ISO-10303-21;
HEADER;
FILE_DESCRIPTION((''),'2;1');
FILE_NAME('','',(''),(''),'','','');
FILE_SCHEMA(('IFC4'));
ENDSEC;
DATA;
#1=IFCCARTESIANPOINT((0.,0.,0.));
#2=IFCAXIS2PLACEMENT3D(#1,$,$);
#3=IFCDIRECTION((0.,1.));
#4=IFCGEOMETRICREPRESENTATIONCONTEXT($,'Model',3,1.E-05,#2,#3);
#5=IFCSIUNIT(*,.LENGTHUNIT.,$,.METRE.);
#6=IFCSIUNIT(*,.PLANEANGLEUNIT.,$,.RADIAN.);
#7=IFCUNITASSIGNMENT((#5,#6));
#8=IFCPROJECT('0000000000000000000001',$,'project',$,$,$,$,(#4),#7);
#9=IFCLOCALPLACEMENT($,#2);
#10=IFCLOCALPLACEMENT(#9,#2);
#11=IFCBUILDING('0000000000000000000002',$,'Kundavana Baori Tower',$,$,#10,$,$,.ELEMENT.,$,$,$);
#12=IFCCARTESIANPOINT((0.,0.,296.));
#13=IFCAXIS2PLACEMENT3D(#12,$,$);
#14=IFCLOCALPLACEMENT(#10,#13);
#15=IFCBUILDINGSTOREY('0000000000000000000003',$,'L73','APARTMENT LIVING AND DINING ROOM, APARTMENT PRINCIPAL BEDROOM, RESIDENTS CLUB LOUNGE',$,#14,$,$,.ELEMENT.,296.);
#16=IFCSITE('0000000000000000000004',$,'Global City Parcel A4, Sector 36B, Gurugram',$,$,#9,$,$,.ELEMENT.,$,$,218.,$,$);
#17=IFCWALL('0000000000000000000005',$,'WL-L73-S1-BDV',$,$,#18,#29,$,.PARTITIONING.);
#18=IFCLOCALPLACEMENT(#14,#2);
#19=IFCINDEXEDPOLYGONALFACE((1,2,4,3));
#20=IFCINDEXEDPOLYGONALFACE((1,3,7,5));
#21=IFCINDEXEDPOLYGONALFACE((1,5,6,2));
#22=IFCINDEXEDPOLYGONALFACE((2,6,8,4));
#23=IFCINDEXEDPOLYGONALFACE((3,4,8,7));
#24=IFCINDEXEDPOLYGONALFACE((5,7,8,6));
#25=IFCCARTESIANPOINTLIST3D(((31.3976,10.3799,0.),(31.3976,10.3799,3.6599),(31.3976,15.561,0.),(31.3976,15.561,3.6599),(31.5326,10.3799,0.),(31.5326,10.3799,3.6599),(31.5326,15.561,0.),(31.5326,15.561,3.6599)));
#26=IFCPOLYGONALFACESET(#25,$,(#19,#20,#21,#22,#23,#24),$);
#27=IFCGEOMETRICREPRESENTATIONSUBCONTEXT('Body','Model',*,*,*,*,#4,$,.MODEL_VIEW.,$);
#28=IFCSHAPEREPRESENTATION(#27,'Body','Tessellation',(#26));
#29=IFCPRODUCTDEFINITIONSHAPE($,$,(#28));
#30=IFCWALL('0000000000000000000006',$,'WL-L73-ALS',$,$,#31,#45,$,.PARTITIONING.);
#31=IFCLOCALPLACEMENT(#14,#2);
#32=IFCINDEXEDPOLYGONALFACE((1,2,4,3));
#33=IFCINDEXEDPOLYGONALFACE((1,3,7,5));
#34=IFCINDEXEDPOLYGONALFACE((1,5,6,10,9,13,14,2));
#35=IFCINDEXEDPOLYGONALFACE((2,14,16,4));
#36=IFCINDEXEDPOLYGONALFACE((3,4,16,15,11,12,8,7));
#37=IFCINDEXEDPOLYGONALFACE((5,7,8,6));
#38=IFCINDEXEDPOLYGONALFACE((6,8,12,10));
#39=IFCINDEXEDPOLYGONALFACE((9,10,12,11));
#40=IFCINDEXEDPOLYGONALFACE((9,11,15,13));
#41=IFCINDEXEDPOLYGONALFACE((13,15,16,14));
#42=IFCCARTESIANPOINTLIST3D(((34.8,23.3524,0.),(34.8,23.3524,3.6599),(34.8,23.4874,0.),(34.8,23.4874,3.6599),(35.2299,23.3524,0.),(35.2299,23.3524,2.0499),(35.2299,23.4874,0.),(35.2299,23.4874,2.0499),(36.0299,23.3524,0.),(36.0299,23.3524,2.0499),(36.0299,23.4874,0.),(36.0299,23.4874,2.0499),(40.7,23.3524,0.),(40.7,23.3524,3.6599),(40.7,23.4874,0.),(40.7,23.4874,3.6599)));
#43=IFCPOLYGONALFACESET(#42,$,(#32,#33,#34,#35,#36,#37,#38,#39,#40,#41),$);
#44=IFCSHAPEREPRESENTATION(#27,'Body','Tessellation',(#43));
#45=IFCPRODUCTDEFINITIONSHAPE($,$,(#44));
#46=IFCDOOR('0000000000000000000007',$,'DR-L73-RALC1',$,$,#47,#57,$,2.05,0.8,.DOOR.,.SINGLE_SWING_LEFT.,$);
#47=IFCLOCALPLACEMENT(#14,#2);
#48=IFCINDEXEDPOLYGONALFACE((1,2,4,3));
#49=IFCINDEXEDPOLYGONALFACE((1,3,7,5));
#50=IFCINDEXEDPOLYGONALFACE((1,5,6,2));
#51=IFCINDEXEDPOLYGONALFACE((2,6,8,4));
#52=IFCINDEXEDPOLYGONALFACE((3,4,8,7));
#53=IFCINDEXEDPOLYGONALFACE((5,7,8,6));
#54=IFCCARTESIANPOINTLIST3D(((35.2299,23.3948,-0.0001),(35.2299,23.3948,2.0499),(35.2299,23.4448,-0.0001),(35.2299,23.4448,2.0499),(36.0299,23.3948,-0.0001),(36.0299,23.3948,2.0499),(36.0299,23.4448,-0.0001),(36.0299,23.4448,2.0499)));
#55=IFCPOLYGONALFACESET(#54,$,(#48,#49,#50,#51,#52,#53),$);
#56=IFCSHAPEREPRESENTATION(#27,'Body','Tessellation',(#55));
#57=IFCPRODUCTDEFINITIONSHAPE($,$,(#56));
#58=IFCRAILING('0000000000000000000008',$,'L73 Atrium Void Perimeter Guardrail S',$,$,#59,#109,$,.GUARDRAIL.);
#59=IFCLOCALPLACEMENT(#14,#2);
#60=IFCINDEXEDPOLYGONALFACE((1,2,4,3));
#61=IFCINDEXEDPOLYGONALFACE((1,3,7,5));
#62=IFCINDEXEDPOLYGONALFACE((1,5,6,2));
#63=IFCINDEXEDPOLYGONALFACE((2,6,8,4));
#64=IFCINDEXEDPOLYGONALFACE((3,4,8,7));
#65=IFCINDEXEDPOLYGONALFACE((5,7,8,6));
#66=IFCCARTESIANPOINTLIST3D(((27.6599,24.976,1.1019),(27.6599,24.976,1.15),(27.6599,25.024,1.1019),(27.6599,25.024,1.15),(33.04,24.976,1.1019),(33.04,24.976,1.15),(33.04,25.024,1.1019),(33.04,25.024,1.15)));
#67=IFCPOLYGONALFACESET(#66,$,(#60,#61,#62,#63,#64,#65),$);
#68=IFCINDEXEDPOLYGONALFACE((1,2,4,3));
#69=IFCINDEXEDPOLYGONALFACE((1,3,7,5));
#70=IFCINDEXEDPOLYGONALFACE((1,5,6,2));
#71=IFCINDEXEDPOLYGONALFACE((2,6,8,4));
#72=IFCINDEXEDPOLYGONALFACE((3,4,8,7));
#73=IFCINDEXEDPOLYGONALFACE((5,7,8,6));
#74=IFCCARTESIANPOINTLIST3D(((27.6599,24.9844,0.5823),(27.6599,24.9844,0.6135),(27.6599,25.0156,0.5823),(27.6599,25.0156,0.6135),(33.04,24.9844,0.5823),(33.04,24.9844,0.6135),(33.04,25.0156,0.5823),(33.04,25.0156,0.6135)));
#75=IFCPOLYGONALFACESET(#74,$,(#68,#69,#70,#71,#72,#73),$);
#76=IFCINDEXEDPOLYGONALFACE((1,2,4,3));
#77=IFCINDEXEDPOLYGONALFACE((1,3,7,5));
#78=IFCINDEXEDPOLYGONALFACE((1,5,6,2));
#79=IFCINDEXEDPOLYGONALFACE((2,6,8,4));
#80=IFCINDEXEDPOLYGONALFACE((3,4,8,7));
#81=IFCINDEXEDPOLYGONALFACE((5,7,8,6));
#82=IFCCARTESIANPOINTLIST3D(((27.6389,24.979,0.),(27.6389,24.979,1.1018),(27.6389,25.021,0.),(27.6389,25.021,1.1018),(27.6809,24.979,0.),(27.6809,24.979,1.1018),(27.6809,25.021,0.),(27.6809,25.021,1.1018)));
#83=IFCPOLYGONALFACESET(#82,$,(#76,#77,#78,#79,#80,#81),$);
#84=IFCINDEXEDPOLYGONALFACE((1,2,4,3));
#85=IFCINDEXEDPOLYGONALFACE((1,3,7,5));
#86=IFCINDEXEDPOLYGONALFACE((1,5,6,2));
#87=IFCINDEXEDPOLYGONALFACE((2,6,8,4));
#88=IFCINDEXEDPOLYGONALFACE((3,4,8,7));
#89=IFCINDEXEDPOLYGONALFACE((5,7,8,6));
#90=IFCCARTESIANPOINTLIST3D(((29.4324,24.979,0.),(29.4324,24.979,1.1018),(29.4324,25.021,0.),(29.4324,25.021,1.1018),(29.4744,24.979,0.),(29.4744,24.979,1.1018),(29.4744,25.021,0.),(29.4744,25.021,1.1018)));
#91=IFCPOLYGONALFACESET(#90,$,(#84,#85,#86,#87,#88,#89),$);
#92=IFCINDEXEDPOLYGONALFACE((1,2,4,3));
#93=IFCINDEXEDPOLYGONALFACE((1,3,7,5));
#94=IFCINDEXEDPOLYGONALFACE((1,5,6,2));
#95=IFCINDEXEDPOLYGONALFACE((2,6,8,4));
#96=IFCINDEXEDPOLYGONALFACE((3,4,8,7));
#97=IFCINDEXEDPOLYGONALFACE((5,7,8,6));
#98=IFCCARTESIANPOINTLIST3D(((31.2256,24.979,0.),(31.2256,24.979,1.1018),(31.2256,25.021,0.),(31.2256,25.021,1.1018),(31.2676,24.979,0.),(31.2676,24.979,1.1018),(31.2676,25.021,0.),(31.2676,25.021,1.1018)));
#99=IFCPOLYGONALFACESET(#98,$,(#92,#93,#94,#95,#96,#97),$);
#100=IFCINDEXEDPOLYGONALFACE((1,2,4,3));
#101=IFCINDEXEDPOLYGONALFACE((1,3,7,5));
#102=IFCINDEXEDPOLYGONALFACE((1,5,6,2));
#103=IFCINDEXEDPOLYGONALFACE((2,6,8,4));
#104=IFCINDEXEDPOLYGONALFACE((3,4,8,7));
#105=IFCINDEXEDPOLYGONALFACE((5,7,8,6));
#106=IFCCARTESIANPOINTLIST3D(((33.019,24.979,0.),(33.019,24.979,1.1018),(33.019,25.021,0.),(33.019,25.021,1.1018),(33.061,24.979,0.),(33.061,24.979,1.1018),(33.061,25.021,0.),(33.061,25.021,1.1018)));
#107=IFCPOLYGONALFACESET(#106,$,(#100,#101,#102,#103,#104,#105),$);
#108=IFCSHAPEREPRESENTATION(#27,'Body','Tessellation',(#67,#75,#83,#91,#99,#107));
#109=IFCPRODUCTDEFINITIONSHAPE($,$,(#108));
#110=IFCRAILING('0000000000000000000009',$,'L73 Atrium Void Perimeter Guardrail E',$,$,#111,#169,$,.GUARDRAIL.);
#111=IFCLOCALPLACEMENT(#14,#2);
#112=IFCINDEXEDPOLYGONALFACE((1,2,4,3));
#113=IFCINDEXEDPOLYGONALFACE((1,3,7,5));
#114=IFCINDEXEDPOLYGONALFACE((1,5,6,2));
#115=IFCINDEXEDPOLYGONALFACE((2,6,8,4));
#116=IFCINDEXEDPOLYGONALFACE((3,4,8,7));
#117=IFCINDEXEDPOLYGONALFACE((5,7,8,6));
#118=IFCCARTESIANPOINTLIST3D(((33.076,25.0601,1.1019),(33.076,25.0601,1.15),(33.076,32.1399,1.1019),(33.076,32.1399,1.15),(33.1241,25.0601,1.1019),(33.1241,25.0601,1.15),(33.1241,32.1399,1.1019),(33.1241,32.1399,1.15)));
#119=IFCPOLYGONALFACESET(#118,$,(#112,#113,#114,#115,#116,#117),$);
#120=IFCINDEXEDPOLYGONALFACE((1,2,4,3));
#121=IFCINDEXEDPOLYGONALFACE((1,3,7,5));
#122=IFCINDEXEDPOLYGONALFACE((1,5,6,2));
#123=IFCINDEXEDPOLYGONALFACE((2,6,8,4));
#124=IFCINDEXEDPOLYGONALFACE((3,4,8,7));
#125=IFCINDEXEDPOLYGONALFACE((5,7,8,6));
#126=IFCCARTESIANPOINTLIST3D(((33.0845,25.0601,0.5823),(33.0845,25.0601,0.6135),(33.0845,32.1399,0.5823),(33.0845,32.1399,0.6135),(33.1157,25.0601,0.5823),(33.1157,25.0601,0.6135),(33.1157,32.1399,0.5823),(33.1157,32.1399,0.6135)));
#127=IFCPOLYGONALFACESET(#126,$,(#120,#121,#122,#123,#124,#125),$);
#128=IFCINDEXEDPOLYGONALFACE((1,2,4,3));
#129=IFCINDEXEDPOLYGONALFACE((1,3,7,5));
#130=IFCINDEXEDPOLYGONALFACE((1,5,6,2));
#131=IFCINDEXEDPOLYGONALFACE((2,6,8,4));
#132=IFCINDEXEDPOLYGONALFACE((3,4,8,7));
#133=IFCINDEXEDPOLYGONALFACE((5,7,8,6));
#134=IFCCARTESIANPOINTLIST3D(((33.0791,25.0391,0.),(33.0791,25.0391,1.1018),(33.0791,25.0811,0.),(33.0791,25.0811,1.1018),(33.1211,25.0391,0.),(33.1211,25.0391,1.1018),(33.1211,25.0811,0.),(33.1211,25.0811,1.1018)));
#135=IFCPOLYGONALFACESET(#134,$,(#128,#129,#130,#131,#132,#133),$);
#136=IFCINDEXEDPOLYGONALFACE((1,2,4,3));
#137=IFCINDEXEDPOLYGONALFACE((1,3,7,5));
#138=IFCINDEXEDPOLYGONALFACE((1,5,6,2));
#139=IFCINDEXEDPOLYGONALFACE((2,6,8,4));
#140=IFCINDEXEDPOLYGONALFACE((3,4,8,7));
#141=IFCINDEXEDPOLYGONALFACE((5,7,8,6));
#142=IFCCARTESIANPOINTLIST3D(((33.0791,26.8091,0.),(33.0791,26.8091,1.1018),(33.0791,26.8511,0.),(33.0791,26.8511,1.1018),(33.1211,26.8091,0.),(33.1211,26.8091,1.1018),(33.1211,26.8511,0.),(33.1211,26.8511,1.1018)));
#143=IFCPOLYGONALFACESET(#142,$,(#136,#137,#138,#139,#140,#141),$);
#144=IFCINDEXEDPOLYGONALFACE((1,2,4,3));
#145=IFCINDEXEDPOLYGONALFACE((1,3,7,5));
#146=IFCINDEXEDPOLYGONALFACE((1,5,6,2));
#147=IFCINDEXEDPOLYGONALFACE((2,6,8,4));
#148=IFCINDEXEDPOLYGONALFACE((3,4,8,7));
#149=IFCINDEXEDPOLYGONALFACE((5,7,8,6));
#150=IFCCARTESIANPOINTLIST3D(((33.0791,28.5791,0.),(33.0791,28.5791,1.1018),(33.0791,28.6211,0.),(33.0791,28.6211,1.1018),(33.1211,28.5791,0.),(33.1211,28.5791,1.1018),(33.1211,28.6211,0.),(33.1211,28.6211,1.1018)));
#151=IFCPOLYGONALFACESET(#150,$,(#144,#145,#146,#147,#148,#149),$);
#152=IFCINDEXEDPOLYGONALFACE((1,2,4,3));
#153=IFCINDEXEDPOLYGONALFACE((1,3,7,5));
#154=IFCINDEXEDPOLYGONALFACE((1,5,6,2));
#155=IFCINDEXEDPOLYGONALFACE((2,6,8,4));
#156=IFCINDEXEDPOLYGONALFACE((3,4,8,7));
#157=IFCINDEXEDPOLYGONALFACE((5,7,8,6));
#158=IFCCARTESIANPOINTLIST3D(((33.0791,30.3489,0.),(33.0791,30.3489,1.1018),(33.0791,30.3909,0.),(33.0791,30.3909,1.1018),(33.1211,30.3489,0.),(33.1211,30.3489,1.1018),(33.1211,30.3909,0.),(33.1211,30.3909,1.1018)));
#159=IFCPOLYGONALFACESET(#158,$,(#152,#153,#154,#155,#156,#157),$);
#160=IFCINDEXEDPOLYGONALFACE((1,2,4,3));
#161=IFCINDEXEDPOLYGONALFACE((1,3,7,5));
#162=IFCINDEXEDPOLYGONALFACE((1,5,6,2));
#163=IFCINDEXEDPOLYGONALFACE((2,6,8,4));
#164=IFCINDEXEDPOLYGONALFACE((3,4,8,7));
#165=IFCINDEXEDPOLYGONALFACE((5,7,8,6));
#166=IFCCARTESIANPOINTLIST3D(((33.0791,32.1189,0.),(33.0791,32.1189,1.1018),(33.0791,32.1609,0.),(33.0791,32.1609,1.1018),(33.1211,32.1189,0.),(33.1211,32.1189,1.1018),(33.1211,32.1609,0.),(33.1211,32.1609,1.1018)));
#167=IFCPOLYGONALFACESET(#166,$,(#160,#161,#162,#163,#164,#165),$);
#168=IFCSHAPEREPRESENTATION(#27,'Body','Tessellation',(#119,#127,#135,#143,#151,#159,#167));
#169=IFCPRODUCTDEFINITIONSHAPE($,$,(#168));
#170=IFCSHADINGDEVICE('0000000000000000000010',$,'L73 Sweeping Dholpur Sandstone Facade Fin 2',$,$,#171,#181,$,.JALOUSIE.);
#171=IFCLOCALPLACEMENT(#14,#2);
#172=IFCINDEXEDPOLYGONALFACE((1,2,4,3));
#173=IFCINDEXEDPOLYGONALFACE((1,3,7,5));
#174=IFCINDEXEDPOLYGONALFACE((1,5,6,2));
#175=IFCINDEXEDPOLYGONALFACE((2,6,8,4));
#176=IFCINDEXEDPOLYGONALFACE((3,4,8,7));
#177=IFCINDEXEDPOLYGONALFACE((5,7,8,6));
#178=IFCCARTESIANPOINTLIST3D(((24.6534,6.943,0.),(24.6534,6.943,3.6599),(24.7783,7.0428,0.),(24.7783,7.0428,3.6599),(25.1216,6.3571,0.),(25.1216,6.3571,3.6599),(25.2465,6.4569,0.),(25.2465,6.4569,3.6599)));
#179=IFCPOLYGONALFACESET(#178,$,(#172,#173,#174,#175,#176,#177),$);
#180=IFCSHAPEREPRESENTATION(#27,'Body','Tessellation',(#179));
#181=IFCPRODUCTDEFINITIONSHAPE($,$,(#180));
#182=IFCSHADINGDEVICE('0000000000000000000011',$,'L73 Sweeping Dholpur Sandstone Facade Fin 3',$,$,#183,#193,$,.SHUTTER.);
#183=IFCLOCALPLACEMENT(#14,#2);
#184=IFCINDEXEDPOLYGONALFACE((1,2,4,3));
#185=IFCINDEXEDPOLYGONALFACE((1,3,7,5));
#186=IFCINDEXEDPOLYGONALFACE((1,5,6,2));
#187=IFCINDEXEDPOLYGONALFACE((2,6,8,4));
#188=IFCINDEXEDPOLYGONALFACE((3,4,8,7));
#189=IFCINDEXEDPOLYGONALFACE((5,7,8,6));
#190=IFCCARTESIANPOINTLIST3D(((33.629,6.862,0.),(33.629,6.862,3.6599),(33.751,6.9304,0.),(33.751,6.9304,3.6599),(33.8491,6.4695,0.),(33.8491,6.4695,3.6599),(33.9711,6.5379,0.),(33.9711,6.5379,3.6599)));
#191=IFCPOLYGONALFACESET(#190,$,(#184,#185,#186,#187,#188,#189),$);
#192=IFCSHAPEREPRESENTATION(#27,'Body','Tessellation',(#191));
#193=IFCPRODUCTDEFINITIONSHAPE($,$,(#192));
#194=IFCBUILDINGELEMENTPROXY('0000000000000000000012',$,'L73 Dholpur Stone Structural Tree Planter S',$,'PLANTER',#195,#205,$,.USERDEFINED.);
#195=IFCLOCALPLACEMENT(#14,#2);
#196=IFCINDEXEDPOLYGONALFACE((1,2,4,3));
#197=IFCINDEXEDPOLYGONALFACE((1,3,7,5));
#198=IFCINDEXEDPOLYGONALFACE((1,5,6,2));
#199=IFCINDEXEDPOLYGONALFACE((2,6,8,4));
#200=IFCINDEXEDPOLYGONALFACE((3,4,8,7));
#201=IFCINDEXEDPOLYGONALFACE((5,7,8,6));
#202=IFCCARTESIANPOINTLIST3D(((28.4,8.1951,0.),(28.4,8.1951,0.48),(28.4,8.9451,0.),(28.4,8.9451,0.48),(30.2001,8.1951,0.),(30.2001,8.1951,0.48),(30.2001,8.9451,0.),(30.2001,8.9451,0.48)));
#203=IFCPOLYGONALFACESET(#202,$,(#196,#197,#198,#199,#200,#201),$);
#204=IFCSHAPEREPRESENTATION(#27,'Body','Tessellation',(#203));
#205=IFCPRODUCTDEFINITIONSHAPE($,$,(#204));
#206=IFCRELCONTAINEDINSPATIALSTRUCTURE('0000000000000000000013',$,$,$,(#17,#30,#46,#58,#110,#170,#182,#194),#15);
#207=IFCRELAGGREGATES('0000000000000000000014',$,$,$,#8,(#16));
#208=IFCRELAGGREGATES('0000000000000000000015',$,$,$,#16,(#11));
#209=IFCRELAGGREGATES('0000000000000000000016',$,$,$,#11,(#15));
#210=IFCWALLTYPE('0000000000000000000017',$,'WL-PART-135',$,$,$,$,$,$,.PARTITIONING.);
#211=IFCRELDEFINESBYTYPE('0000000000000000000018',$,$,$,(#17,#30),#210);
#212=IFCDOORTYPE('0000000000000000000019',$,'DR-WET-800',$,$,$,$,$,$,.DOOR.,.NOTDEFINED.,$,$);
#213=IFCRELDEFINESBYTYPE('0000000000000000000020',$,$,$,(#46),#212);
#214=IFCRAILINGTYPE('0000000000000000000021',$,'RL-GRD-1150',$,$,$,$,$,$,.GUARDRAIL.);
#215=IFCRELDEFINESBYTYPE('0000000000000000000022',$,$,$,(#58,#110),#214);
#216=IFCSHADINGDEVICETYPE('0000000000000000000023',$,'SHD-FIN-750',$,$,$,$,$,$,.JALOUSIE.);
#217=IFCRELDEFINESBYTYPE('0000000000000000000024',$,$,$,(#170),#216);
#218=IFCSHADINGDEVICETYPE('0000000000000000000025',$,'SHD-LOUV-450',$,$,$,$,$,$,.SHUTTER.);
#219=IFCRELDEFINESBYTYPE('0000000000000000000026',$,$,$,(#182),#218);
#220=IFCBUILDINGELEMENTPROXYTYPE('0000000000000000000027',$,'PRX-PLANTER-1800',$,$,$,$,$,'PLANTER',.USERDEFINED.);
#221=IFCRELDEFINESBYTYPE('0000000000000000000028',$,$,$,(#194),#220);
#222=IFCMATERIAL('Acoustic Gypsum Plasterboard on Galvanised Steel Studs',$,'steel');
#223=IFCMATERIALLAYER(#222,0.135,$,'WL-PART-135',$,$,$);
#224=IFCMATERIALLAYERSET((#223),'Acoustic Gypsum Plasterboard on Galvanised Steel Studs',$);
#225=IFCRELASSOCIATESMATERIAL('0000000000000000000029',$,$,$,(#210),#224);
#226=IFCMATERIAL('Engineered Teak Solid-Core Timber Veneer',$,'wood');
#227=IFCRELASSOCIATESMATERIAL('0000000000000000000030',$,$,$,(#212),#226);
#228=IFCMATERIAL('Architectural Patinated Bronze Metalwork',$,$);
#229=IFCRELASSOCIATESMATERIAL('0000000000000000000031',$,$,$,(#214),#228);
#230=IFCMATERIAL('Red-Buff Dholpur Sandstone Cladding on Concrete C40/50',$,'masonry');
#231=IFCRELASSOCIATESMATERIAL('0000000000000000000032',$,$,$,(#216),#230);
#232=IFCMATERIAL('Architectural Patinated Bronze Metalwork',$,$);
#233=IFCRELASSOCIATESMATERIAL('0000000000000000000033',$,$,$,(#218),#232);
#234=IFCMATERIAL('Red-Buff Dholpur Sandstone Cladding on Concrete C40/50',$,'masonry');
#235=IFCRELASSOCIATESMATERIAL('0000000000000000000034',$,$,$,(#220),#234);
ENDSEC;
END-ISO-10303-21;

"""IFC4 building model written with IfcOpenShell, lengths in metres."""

from ifc_helpers import new_model, si_unit, direction, frame, frame_2d, origin, origin_2d, place, context, subcontext, project, spatial, rectangle, extrude, material, layer, layer_set, type_object, element, fill, save


model = new_model("IFC4")

# Units and contexts
model_context = context("Model", 3, precision=1e-05, world=origin(), true_north=direction((0.0, 1.0)))
body_context = subcontext(model_context, "Body", "Model", "MODEL_VIEW")
ifc_project = project(units=[si_unit("LENGTHUNIT", "METRE"), si_unit("PLANEANGLEUNIT", "RADIAN")], contexts=[model_context])

# Site, building, storey
site_placement = place(None, origin())
site = spatial("IfcSite", under=ifc_project, at=site_placement, Name="Global City Parcel A4, Sector 36B, Gurugram", CompositionType="ELEMENT", RefElevation=218.0)
building_placement = place(site_placement, origin())
building = spatial("IfcBuilding", under=site, at=building_placement, Name="Kundavana Baori Tower", CompositionType="ELEMENT")
storey_placement = place(building_placement, frame((0.0, 0.0, 296.0)))
storey = spatial("IfcBuildingStorey", under=building, at=storey_placement, Name="L73", Description="APARTMENT LIVING AND DINING ROOM, APARTMENT PRINCIPAL BEDROOM, RESIDENTS CLUB LOUNGE", CompositionType="ELEMENT", Elevation=296.0)

# Shared definitions
ifc_material_1 = material(Name="Acoustic Gypsum Plasterboard on Galvanised Steel Studs", Category="steel")
ifc_layer = layer(ifc_material_1, 0.135, Name="WL-PART-135")
ifc_layer_set = layer_set([ifc_layer], Name="Acoustic Gypsum Plasterboard on Galvanised Steel Studs")
wall_type = type_object("IfcWallType", Name="WL-PART-135", PredefinedType="PARTITIONING", material=ifc_layer_set)

# Wall
wall_1_placement = place(storey_placement, frame((31.4651, 10.3799, 0.0), z_axis=(0.0, 0.0, 1.0), x_axis=(0.0, 1.0, 0.0)))
element("IfcWall", 1, at=wall_1_placement, inside=storey, type_object=wall_type, Name="WL-L73-S1-BDV", PredefinedType="PARTITIONING", context=body_context, shape_type="SweptSolid", body=[
    extrude(rectangle(XDim=5.1812, YDim=0.135, at=frame_2d((2.5906, 0.0))), origin(), (0.0, 0.0, 1.0), 3.6599),
])

# Wall, opening, door
wall_2_placement = place(storey_placement, frame((34.8, 23.4199, 0.0), z_axis=(0.0, 0.0, 1.0), x_axis=(1.0, 0.0, 0.0)))
wall_2 = element("IfcWall", 2, at=wall_2_placement, inside=storey, type_object=wall_type, Name="WL-L73-ALS", PredefinedType="PARTITIONING", context=body_context, shape_type="SweptSolid", body=[
    extrude(rectangle(XDim=5.8999, YDim=0.135, at=frame_2d((2.95, 0.0))), origin(), (0.0, 0.0, 1.0), 3.6599),
])
opening_1_placement = place(wall_2_placement, frame((0.4299, 0.0, 0.0)))
opening_1 = element("IfcOpeningElement", 3, at=opening_1_placement, cuts=wall_2, PredefinedType="OPENING", context=body_context, shape_type="SweptSolid", body=[
    extrude(rectangle(XDim=0.8, YDim=2.05, at=frame_2d((0.3999, 1.0249))), frame((0.0, 0.0776, 0.0), z_axis=(0.0, -1.0, 0.0), x_axis=(1.0, 0.0, 0.0)), (0.0, 0.0, 1.0), 0.155),
])
ifc_material_2 = material(Name="Engineered Teak Solid-Core Timber Veneer", Category="wood")
door_type_1 = type_object("IfcDoorType", Name="DR-WET-800", OperationType="NOTDEFINED", PredefinedType="DOOR", material=ifc_material_2)
door_1_placement = place(opening_1_placement, origin())
door_1 = element("IfcDoor", 4, at=door_1_placement, inside=storey, type_object=door_type_1, Name="DR-L73-RALC1", OperationType="SINGLE_SWING_LEFT", OverallHeight=2.05, OverallWidth=0.8, PredefinedType="DOOR", context=body_context, shape_type="SweptSolid", body=[
    extrude(rectangle(XDim=0.8, YDim=2.05, at=frame_2d((0.3999, 1.0249))), frame((0.0, 0.0249, 0.0), z_axis=(0.0, -1.0, 0.0), x_axis=(1.0, 0.0, 0.0)), (0.0, 0.0, 1.0), 0.05),
])
fill(opening_1, door_1)

# Railings
ifc_material_3 = material(Name="Architectural Patinated Bronze Metalwork")
railing_type = type_object("IfcRailingType", Name="RL-GRD-1150", PredefinedType="GUARDRAIL", material=ifc_material_3)
railing_1_placement = place(storey_placement, frame((27.6599, 25.0, 0.0)))
element("IfcRailing", 5, at=railing_1_placement, inside=storey, type_object=railing_type, Name="L73 Atrium Void Perimeter Guardrail S", PredefinedType="GUARDRAIL", context=body_context, shape_type="SweptSolid", body=[
    extrude(rectangle(XDim=0.0481, YDim=0.0481, at=origin_2d()), frame((0.0, 0.0, 1.126), z_axis=(1.0, 0.0, 0.0), x_axis=(0.0, 1.0, 0.0)), (0.0, 0.0, 1.0), 5.3801),
    extrude(rectangle(XDim=0.0312, YDim=0.0312, at=origin_2d()), frame((0.0, 0.0, 0.5979), z_axis=(1.0, 0.0, 0.0), x_axis=(0.0, 1.0, 0.0)), (0.0, 0.0, 1.0), 5.3801),
    extrude(rectangle(XDim=0.042, YDim=0.042, at=origin_2d()), origin(), (0.0, 0.0, 1.0), 1.1018),
    extrude(rectangle(XDim=0.042, YDim=0.042, at=origin_2d()), frame((1.7935, 0.0, 0.0)), (0.0, 0.0, 1.0), 1.1018),
    extrude(rectangle(XDim=0.042, YDim=0.042, at=origin_2d()), frame((3.5867, 0.0, 0.0)), (0.0, 0.0, 1.0), 1.1018),
    extrude(rectangle(XDim=0.042, YDim=0.042, at=origin_2d()), frame((5.3801, 0.0, 0.0)), (0.0, 0.0, 1.0), 1.1018),
])
railing_2_placement = place(storey_placement, frame((33.1001, 25.0601, 0.0)))
element("IfcRailing", 6, at=railing_2_placement, inside=storey, type_object=railing_type, Name="L73 Atrium Void Perimeter Guardrail E", PredefinedType="GUARDRAIL", context=body_context, shape_type="SweptSolid", body=[
    extrude(rectangle(XDim=0.0481, YDim=0.0481, at=origin_2d()), frame((0.0, 0.0, 1.126), z_axis=(0.0, 1.0, 0.0), x_axis=(-1.0, 0.0, 0.0)), (0.0, 0.0, 1.0), 7.0798),
    extrude(rectangle(XDim=0.0312, YDim=0.0312, at=origin_2d()), frame((0.0, 0.0, 0.5979), z_axis=(0.0, 1.0, 0.0), x_axis=(-1.0, 0.0, 0.0)), (0.0, 0.0, 1.0), 7.0798),
    extrude(rectangle(XDim=0.042, YDim=0.042, at=origin_2d()), origin(), (0.0, 0.0, 1.0), 1.1018),
    extrude(rectangle(XDim=0.042, YDim=0.042, at=origin_2d()), frame((0.0, 1.77, 0.0)), (0.0, 0.0, 1.0), 1.1018),
    extrude(rectangle(XDim=0.042, YDim=0.042, at=origin_2d()), frame((0.0, 3.54, 0.0)), (0.0, 0.0, 1.0), 1.1018),
    extrude(rectangle(XDim=0.042, YDim=0.042, at=origin_2d()), frame((0.0, 5.3098, 0.0)), (0.0, 0.0, 1.0), 1.1018),
    extrude(rectangle(XDim=0.042, YDim=0.042, at=origin_2d()), frame((0.0, 7.0798, 0.0)), (0.0, 0.0, 1.0), 1.1018),
])

# Shading devices
ifc_material_4 = material(Name="Red-Buff Dholpur Sandstone Cladding on Concrete C40/50", Category="masonry")
shading_device_type_1 = type_object("IfcShadingDeviceType", Name="SHD-FIN-750", PredefinedType="JALOUSIE", material=ifc_material_4)
shading_device_1_placement = place(storey_placement, frame((24.95, 6.7, 0.0), z_axis=(0.0, 0.0, 1.0), x_axis=(0.781194, 0.624289, 0.0)))
element("IfcShadingDevice", 7, at=shading_device_1_placement, inside=storey, type_object=shading_device_type_1, Name="L73 Sweeping Dholpur Sandstone Facade Fin 2", PredefinedType="JALOUSIE", context=body_context, shape_type="SweptSolid", body=[
    extrude(rectangle(XDim=0.1599, YDim=0.75, at=origin_2d()), origin(), (0.0, 0.0, 1.0), 3.6599),
])
ifc_material_5 = material(Name="Architectural Patinated Bronze Metalwork")
shading_device_type_2 = type_object("IfcShadingDeviceType", Name="SHD-LOUV-450", PredefinedType="SHUTTER", material=ifc_material_5)
shading_device_2_placement = place(storey_placement, frame((33.8, 6.7, 0.0), z_axis=(0.0, 0.0, 1.0), x_axis=(0.87224, 0.489078, 0.0)))
element("IfcShadingDevice", 8, at=shading_device_2_placement, inside=storey, type_object=shading_device_type_2, Name="L73 Sweeping Dholpur Sandstone Facade Fin 3", PredefinedType="SHUTTER", context=body_context, shape_type="SweptSolid", body=[
    extrude(rectangle(XDim=0.1399, YDim=0.45, at=origin_2d()), origin(), (0.0, 0.0, 1.0), 3.6599),
])

# Building element proxy
ifc_material_6 = material(Name="Red-Buff Dholpur Sandstone Cladding on Concrete C40/50", Category="masonry")
building_element_proxy_type = type_object("IfcBuildingElementProxyType", Name="PRX-PLANTER-1800", ElementType="PLANTER", PredefinedType="USERDEFINED", material=ifc_material_6)
proxy_placement = place(storey_placement, frame((29.3, 8.5701, 0.0), z_axis=(0.0, 0.0, 1.0), x_axis=(1.0, 0.0, 0.0)))
element("IfcBuildingElementProxy", 9, at=proxy_placement, inside=storey, type_object=building_element_proxy_type, Name="L73 Dholpur Stone Structural Tree Planter S", ObjectType="PLANTER", PredefinedType="USERDEFINED", context=body_context, shape_type="SweptSolid", body=[
    extrude(rectangle(XDim=1.8, YDim=0.75, at=origin_2d()), origin(), (0.0, 0.0, 1.0), 0.48),
])

save(model, "model.ifc")
